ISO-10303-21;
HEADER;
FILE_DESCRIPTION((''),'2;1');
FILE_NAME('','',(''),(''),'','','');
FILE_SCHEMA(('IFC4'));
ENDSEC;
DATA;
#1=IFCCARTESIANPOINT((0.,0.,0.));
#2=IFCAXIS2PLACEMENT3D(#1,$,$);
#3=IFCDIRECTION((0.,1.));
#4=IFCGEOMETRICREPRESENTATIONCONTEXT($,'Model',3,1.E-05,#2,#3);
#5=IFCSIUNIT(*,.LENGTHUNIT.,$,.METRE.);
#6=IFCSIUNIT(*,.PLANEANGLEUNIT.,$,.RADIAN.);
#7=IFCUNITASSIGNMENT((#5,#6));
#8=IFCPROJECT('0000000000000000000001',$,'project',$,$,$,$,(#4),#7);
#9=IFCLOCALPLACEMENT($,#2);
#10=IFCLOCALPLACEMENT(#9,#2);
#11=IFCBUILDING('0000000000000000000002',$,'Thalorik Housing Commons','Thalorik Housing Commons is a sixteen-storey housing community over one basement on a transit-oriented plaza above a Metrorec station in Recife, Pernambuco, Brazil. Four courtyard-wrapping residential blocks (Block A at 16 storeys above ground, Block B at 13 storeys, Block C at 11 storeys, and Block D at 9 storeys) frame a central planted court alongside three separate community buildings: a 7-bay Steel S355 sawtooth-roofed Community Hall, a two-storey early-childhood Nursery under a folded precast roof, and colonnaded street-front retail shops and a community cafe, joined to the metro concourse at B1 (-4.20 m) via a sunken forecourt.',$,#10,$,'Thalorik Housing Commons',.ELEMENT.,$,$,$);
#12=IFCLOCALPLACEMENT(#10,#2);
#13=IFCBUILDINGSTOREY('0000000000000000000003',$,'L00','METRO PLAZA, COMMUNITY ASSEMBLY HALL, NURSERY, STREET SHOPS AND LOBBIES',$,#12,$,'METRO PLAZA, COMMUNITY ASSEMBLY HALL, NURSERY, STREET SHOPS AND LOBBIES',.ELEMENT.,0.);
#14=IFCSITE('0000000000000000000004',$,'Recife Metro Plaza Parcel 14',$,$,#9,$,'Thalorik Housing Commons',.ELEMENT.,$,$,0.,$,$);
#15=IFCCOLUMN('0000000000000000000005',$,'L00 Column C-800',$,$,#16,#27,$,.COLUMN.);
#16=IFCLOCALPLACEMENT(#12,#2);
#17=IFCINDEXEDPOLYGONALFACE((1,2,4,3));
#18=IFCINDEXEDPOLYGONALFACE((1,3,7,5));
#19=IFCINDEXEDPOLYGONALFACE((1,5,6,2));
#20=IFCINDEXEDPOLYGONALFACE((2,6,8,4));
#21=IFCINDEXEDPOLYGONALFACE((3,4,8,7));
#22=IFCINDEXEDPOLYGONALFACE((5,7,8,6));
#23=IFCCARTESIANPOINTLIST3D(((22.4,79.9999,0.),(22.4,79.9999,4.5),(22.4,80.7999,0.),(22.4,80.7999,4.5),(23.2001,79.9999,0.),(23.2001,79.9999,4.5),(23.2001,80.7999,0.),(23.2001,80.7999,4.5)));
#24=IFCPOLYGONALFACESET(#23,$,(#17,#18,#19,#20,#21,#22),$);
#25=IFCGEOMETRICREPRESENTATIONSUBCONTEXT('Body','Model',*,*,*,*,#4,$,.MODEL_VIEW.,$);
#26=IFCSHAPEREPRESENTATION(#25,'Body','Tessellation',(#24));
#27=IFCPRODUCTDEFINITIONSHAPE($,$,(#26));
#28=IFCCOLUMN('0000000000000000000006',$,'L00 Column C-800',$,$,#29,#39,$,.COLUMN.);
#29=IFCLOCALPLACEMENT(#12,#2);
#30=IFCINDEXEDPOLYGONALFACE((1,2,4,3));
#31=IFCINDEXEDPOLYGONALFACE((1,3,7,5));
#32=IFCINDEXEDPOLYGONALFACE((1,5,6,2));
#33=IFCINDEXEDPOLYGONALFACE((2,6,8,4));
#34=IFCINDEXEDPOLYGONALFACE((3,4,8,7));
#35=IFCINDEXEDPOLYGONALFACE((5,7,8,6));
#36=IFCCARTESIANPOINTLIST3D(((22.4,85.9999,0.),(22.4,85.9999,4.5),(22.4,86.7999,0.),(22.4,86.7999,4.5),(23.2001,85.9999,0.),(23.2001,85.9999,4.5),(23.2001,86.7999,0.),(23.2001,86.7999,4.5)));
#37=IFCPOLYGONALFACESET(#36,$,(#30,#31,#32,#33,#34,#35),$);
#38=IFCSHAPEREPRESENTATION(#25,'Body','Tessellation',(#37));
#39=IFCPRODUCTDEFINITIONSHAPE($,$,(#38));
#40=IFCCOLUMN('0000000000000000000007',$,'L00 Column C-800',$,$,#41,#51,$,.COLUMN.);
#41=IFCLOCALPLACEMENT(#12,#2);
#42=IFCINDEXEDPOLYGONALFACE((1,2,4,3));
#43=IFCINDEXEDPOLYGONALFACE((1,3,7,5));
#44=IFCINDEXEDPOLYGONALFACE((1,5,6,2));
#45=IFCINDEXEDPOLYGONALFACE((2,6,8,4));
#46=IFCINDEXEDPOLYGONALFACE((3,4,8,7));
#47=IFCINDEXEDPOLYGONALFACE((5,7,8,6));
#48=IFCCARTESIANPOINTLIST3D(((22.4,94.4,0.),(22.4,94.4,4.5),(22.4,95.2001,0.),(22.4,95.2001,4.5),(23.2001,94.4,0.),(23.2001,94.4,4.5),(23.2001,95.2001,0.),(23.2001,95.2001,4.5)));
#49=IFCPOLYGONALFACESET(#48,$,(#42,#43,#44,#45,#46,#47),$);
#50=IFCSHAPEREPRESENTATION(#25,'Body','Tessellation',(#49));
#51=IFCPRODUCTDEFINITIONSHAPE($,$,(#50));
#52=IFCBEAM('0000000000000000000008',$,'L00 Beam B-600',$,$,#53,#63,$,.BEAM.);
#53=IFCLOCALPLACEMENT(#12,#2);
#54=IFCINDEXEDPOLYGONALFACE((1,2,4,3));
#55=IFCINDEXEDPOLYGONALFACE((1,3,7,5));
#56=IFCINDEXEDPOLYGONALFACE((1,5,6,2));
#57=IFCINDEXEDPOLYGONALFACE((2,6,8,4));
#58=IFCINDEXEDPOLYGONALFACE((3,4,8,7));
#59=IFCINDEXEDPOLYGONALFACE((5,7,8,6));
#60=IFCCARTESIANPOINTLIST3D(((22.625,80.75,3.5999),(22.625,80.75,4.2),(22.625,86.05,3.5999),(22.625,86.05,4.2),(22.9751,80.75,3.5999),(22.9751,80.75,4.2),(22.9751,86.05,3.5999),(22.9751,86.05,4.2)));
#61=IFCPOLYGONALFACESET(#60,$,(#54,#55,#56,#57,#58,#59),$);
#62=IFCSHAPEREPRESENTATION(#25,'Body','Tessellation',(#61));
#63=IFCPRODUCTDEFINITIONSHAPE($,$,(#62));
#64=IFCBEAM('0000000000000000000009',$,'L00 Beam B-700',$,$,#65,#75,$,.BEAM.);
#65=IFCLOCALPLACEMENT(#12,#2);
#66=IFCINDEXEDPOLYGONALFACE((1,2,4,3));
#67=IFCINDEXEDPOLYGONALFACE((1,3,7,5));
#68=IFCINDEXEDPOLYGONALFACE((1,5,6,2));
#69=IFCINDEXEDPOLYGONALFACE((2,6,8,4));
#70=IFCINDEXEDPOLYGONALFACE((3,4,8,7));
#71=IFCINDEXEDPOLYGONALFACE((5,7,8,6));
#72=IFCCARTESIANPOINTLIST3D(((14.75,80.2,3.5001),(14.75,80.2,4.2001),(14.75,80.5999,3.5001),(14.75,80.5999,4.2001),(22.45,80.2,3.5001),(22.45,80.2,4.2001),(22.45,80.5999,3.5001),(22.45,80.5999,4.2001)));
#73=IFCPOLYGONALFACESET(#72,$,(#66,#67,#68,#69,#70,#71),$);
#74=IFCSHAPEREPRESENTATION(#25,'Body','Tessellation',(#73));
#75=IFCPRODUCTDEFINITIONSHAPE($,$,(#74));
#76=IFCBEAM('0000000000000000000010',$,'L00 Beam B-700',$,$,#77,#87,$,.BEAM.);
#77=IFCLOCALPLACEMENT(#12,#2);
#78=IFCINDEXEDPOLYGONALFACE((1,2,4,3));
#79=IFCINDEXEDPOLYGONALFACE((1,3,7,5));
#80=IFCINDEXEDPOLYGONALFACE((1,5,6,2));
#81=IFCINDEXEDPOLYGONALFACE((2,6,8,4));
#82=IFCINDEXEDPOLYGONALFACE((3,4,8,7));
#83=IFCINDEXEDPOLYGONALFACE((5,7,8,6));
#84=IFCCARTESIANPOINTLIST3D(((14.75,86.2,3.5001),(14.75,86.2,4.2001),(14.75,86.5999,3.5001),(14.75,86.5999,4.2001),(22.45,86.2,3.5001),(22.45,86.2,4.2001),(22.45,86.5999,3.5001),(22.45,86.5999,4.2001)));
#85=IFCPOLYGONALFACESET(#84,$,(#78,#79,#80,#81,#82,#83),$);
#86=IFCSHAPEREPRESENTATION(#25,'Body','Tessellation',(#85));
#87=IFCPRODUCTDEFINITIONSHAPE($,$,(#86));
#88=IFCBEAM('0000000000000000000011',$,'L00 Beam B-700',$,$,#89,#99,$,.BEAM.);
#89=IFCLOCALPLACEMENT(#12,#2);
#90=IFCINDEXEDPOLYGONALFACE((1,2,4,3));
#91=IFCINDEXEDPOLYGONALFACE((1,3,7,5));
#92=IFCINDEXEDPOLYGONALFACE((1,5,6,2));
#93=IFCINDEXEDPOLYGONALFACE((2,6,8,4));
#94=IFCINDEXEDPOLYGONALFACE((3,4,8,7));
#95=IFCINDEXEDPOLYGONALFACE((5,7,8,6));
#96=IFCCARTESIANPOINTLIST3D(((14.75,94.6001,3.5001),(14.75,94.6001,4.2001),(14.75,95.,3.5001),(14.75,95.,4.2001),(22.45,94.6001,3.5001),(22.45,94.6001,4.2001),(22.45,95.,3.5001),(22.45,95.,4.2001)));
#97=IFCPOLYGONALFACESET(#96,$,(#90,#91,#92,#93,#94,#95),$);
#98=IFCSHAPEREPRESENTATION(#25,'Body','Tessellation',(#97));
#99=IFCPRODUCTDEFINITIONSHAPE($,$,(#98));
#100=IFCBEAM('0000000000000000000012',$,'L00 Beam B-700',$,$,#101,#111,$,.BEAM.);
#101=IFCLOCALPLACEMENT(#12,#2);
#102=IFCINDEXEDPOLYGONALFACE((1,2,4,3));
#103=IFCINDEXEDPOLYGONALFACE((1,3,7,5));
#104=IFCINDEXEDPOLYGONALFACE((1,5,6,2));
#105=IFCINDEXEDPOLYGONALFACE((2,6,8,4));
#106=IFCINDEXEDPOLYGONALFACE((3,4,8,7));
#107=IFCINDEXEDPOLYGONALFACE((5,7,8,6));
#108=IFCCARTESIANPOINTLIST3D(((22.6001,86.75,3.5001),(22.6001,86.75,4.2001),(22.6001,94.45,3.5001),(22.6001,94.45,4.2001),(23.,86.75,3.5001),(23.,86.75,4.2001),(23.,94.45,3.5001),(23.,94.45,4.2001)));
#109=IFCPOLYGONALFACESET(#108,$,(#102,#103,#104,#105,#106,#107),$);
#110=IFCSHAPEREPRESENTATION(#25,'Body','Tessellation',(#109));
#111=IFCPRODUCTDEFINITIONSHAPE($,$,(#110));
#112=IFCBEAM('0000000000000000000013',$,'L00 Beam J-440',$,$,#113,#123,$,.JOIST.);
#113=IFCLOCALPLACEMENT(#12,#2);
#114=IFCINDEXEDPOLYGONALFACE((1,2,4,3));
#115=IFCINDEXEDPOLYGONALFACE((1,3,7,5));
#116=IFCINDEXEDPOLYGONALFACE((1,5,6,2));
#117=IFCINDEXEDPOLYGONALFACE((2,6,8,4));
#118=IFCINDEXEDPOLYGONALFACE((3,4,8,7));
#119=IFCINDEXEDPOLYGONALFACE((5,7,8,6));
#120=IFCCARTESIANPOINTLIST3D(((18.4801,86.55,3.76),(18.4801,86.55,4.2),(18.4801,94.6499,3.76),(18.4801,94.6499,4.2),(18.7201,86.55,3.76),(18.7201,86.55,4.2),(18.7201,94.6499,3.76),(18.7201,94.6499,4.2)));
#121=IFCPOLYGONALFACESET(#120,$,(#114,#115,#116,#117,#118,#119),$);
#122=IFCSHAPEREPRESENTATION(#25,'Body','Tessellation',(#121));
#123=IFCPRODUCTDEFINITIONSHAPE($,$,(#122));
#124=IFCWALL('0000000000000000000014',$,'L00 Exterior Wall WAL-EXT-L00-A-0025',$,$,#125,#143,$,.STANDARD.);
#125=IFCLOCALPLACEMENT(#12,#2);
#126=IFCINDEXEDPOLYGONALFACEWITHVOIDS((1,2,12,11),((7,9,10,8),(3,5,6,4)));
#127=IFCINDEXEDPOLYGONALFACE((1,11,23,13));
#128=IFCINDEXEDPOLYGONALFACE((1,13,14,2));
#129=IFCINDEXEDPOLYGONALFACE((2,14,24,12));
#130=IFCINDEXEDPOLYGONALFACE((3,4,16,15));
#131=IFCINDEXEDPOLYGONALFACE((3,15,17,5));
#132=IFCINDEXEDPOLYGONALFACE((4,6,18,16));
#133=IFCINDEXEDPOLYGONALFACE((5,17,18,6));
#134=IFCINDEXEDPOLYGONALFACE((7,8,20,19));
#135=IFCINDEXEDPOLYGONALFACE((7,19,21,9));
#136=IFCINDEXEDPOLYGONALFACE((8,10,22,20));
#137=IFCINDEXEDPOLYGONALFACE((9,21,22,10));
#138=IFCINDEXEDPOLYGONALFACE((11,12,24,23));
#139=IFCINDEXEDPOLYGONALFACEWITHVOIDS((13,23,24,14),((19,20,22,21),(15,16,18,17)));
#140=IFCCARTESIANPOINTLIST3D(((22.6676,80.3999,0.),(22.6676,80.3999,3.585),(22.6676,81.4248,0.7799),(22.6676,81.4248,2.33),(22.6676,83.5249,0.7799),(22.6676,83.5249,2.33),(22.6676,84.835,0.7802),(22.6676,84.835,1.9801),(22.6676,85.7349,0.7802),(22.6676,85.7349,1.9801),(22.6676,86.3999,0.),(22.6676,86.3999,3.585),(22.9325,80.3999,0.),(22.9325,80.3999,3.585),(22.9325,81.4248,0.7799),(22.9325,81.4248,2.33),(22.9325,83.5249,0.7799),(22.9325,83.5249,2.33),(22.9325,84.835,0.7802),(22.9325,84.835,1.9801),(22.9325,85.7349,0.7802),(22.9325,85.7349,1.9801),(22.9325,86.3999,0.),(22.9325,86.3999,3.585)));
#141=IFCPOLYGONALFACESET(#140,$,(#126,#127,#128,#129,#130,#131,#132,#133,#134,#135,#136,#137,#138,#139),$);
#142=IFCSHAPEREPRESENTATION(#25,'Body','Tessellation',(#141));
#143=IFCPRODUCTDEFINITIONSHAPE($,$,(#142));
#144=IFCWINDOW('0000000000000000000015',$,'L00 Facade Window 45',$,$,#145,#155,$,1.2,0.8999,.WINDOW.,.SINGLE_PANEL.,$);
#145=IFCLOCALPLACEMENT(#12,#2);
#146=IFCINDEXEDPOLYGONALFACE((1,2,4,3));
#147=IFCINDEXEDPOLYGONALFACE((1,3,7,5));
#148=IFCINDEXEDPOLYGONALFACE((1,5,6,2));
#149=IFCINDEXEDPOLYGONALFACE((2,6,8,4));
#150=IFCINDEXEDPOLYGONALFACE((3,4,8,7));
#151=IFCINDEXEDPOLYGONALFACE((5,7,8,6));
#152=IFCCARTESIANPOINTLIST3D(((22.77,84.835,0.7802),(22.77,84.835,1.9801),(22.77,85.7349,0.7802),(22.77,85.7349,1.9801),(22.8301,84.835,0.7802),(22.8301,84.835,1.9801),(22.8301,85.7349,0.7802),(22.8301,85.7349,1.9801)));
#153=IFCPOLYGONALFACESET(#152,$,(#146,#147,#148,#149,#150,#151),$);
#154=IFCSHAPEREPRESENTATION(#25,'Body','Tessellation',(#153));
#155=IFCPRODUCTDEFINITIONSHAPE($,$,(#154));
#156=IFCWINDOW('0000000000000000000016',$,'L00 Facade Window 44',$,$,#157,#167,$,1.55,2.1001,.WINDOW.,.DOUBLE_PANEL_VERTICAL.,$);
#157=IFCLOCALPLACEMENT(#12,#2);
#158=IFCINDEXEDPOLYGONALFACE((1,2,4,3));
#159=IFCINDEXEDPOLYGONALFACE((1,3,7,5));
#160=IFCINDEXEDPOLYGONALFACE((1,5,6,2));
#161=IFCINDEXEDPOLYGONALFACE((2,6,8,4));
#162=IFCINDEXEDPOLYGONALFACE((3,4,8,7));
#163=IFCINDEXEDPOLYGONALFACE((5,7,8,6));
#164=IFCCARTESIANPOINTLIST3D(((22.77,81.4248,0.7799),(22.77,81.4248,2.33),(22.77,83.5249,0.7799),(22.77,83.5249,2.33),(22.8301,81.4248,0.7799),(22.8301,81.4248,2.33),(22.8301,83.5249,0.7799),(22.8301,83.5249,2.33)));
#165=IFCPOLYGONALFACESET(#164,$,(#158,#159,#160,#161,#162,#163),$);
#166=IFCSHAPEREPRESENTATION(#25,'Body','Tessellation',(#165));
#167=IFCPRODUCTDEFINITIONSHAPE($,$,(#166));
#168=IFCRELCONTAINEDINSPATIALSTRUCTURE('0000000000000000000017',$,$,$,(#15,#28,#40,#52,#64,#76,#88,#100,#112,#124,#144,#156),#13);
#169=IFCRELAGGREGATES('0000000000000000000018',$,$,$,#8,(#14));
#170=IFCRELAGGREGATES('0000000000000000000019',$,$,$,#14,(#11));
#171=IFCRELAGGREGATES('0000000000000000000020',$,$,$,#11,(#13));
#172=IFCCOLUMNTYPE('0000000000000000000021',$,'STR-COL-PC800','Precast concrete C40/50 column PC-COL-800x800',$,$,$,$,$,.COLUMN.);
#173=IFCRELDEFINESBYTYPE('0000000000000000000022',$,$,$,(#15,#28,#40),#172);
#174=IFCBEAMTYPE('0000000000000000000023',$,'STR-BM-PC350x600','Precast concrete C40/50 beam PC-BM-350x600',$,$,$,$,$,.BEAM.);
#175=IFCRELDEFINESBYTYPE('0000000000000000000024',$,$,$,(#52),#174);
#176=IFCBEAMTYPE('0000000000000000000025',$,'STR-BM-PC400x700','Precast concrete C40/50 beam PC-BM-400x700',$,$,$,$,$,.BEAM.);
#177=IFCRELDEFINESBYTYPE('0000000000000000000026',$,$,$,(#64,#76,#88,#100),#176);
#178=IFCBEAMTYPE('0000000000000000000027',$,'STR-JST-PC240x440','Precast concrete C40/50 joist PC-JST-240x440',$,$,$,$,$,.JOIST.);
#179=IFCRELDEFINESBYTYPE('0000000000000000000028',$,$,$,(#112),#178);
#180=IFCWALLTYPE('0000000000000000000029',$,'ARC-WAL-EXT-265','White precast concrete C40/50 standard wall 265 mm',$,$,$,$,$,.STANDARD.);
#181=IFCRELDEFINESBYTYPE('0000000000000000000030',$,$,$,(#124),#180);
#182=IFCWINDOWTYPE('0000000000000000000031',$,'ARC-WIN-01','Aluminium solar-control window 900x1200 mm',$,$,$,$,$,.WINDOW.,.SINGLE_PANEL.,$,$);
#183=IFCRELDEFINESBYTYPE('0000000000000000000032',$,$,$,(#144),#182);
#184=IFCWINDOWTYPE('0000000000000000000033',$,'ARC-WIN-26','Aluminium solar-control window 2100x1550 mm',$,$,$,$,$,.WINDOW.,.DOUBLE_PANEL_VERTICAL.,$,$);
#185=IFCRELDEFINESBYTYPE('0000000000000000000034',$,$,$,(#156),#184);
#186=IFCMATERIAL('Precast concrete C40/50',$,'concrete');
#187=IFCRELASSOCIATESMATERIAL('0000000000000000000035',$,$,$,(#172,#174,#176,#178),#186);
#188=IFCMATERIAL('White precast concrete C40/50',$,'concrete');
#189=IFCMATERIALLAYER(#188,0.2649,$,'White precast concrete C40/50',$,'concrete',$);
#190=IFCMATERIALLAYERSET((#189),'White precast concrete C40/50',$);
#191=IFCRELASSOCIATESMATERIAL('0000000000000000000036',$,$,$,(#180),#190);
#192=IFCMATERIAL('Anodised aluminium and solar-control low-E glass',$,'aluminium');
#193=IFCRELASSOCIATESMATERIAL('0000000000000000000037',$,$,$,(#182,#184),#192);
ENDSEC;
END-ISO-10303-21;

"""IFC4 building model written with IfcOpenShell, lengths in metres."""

from ifc_helpers import new_model, si_unit, direction, frame, frame_2d, origin, origin_2d, place, context, subcontext, project, spatial, rectangle, extrude, material, layer, layer_set, material_profile, profile_set, type_object, element, fill, save


model = new_model("IFC4")

# Units and contexts
model_context = context("Model", 3, precision=1e-05, world=origin(), true_north=direction((0.0, 1.0)))
body_context = subcontext(model_context, "Body", "Model", "MODEL_VIEW")
ifc_project = project(units=[si_unit("LENGTHUNIT", "METRE"), si_unit("PLANEANGLEUNIT", "RADIAN")], contexts=[model_context])

# Site, building, storey
site_placement = place(None, origin())
site = spatial("IfcSite", under=ifc_project, at=site_placement, Name="Recife Metro Plaza Parcel 14", LongName="Thalorik Housing Commons", CompositionType="ELEMENT", RefElevation=0.0)
building_placement = place(site_placement, origin())
building = spatial("IfcBuilding", under=site, at=building_placement, Name="Thalorik Housing Commons", Description="Thalorik Housing Commons is a sixteen-storey housing community over one basement on a transit-oriented plaza above a Metrorec station in Recife, Pernambuco, Brazil. Four courtyard-wrapping residential blocks (Block A at 16 storeys above ground, Block B at 13 storeys, Block C at 11 storeys, and Block D at 9 storeys) frame a central planted court alongside three separate community buildings: a 7-bay Steel S355 sawtooth-roofed Community Hall, a two-storey early-childhood Nursery under a folded precast roof, and colonnaded street-front retail shops and a community cafe, joined to the metro concourse at B1 (-4.20 m) via a sunken forecourt.", LongName="Thalorik Housing Commons", CompositionType="ELEMENT")
storey_placement = place(building_placement, origin())
storey = spatial("IfcBuildingStorey", under=building, at=storey_placement, Name="L00", Description="METRO PLAZA, COMMUNITY ASSEMBLY HALL, NURSERY, STREET SHOPS AND LOBBIES", LongName="METRO PLAZA, COMMUNITY ASSEMBLY HALL, NURSERY, STREET SHOPS AND LOBBIES", CompositionType="ELEMENT", Elevation=0.0)

# Columns
ifc_material_1 = material(Name="Precast concrete C40/50", Category="concrete")
ifc_material_profile_1 = material_profile(ifc_material_1, rectangle(XDim=0.8, YDim=0.8, at=origin_2d()), Name="PC 800x800", Category="concrete")
ifc_profile_set_1 = profile_set([ifc_material_profile_1], Name="Precast concrete C40/50")
column_type = type_object("IfcColumnType", Name="STR-COL-PC800", Description="Precast concrete C40/50 column PC-COL-800x800", PredefinedType="COLUMN", material=ifc_profile_set_1)
for number, where, z_axis, x_axis, name in (
    (1, (22.8, 80.3999, 0.0), (0.0, 0.0, 1.0), (1.0, 0.0, 0.0), "L00 Column C-800"),
    (2, (22.8, 86.3999, 0.0), (0.0, 0.0, 1.0), (1.0, 0.0, 0.0), "L00 Column C-800"),
    (3, (22.8, 94.8, 0.0), (0.0, 0.0, 1.0), (1.0, 0.0, 0.0), "L00 Column C-800"),
):
    element("IfcColumn", number, at=place(storey_placement, frame(where, z_axis=z_axis, x_axis=x_axis)), inside=storey, type_object=column_type, Name=name, PredefinedType="COLUMN", context=body_context, shape_type="SweptSolid", body=[
        extrude(rectangle(XDim=0.8, YDim=0.8, at=origin_2d()), origin(), (0.0, 0.0, 1.0), 4.5),
    ])

# Beams
ifc_material_profile_2 = material_profile(ifc_material_1, rectangle(XDim=0.3501, YDim=0.6001, at=origin_2d()), Name="PC 350x600", Category="concrete")
ifc_profile_set_2 = profile_set([ifc_material_profile_2], Name="Precast concrete C40/50")
beam_type_1 = type_object("IfcBeamType", Name="STR-BM-PC350x600", Description="Precast concrete C40/50 beam PC-BM-350x600", PredefinedType="BEAM", material=ifc_profile_set_2)
beam_1_placement = place(storey_placement, frame((22.8, 80.75, 3.8999), z_axis=(0.0, 1.0, 0.0), x_axis=(-1.0, 0.0, 0.0)))
element("IfcBeam", 4, at=beam_1_placement, inside=storey, type_object=beam_type_1, Name="L00 Beam B-600", PredefinedType="BEAM", context=body_context, shape_type="SweptSolid", body=[
    extrude(rectangle(XDim=0.3501, YDim=0.6001, at=origin_2d()), origin(), (0.0, 0.0, 1.0), 5.3),
])
ifc_material_profile_3 = material_profile(ifc_material_1, rectangle(XDim=0.3999, YDim=0.7, at=origin_2d()), Name="PC 400x700", Category="concrete")
ifc_profile_set_3 = profile_set([ifc_material_profile_3], Name="Precast concrete C40/50")
beam_type_2 = type_object("IfcBeamType", Name="STR-BM-PC400x700", Description="Precast concrete C40/50 beam PC-BM-400x700", PredefinedType="BEAM", material=ifc_profile_set_3)
for number, where, z_axis, x_axis, name in (
    (5, (14.75, 80.3999, 3.8501), (1.0, 0.0, 0.0), (0.0, 1.0, 0.0), "L00 Beam B-700"),
    (6, (14.75, 86.3999, 3.8501), (1.0, 0.0, 0.0), (0.0, 1.0, 0.0), "L00 Beam B-700"),
    (7, (14.75, 94.8, 3.8501), (1.0, 0.0, 0.0), (0.0, 1.0, 0.0), "L00 Beam B-700"),
    (8, (22.8, 86.75, 3.8501), (0.0, 1.0, 0.0), (-1.0, 0.0, 0.0), "L00 Beam B-700"),
):
    element("IfcBeam", number, at=place(storey_placement, frame(where, z_axis=z_axis, x_axis=x_axis)), inside=storey, type_object=beam_type_2, Name=name, PredefinedType="BEAM", context=body_context, shape_type="SweptSolid", body=[
        extrude(rectangle(XDim=0.3999, YDim=0.7, at=origin_2d()), origin(), (0.0, 0.0, 1.0), 7.7),
    ])
ifc_material_profile_4 = material_profile(ifc_material_1, rectangle(XDim=0.24, YDim=0.4399, at=origin_2d()), Name="PC JST 240x440", Category="concrete")
ifc_profile_set_4 = profile_set([ifc_material_profile_4], Name="Precast concrete C40/50")
beam_type_3 = type_object("IfcBeamType", Name="STR-JST-PC240x440", Description="Precast concrete C40/50 joist PC-JST-240x440", PredefinedType="JOIST", material=ifc_profile_set_4)
beam_2_placement = place(storey_placement, frame((18.6001, 86.55, 3.98), z_axis=(0.0, 1.0, 0.0), x_axis=(-1.0, 0.0, 0.0)))
element("IfcBeam", 9, at=beam_2_placement, inside=storey, type_object=beam_type_3, Name="L00 Beam J-440", PredefinedType="JOIST", context=body_context, shape_type="SweptSolid", body=[
    extrude(rectangle(XDim=0.24, YDim=0.4399, at=origin_2d()), origin(), (0.0, 0.0, 1.0), 8.0999),
])

# Wall, openings, windows
ifc_material_2 = material(Name="White precast concrete C40/50", Category="concrete")
ifc_layer_1 = layer(ifc_material_2, 0.2649, Name="White precast concrete C40/50", Category="concrete")
ifc_layer_set_1 = layer_set([ifc_layer_1], Name="White precast concrete C40/50")
wall_type_1 = type_object("IfcWallType", Name="ARC-WAL-EXT-265", Description="White precast concrete C40/50 standard wall 265 mm", PredefinedType="STANDARD", material=ifc_layer_set_1)
wall_1_placement = place(storey_placement, frame((22.8, 80.3999, 0.0), z_axis=(0.0, 0.0, 1.0), x_axis=(0.0, 1.0, 0.0)))
wall_1 = element("IfcWall", 10, at=wall_1_placement, inside=storey, type_object=wall_type_1, Name="L00 Exterior Wall WAL-EXT-L00-A-0025", PredefinedType="STANDARD", context=body_context, shape_type="SweptSolid", body=[
    extrude(rectangle(XDim=6.0, YDim=0.2649, at=frame_2d((3.0, 0.0))), origin(), (0.0, 0.0, 1.0), 3.585),
])
opening_1_placement = place(wall_1_placement, frame((1.0249, 0.0, 0.78)))
opening_1 = element("IfcOpeningElement", 11, at=opening_1_placement, cuts=wall_1, PredefinedType="OPENING", context=body_context, shape_type="SweptSolid", body=[
    extrude(rectangle(XDim=2.1001, YDim=1.55, at=frame_2d((1.05, 0.7749))), frame((0.0, 0.1426, 0.0), z_axis=(0.0, -1.0, 0.0), x_axis=(1.0, 0.0, 0.0)), (0.0, 0.0, 1.0), 0.2849),
])
opening_2_placement = place(wall_1_placement, frame((4.4351, 0.0, 0.78)))
opening_2 = element("IfcOpeningElement", 12, at=opening_2_placement, cuts=wall_1, PredefinedType="OPENING", context=body_context, shape_type="SweptSolid", body=[
    extrude(rectangle(XDim=0.8999, YDim=1.2, at=frame_2d((0.45, 0.6001))), frame((0.0, 0.1426, 0.0), z_axis=(0.0, -1.0, 0.0), x_axis=(1.0, 0.0, 0.0)), (0.0, 0.0, 1.0), 0.2849),
])
ifc_material_3 = material(Name="Anodised aluminium and solar-control low-E glass", Category="aluminium")
window_type_1 = type_object("IfcWindowType", Name="ARC-WIN-01", Description="Aluminium solar-control window 900x1200 mm", PartitioningType="SINGLE_PANEL", PredefinedType="WINDOW", material=ifc_material_3)
window_1_placement = place(opening_2_placement, origin())
window_1 = element("IfcWindow", 13, at=window_1_placement, inside=storey, type_object=window_type_1, Name="L00 Facade Window 45", OverallHeight=1.2, OverallWidth=0.8999, PartitioningType="SINGLE_PANEL", PredefinedType="WINDOW", context=body_context, shape_type="SweptSolid", body=[
    extrude(rectangle(XDim=0.8999, YDim=1.2, at=frame_2d((0.45, 0.6001))), frame((0.0, 0.03, 0.0), z_axis=(0.0, -1.0, 0.0), x_axis=(1.0, 0.0, 0.0)), (0.0, 0.0, 1.0), 0.0601),
])
fill(opening_2, window_1)
window_type_2 = type_object("IfcWindowType", Name="ARC-WIN-26", Description="Aluminium solar-control window 2100x1550 mm", PartitioningType="DOUBLE_PANEL_VERTICAL", PredefinedType="WINDOW", material=ifc_material_3)
window_2_placement = place(opening_1_placement, origin())
window_2 = element("IfcWindow", 14, at=window_2_placement, inside=storey, type_object=window_type_2, Name="L00 Facade Window 44", OverallHeight=1.55, OverallWidth=2.1001, PartitioningType="DOUBLE_PANEL_VERTICAL", PredefinedType="WINDOW", context=body_context, shape_type="SweptSolid", body=[
    extrude(rectangle(XDim=2.1001, YDim=1.55, at=frame_2d((1.05, 0.7749))), frame((0.0, 0.03, 0.0), z_axis=(0.0, -1.0, 0.0), x_axis=(1.0, 0.0, 0.0)), (0.0, 0.0, 1.0), 0.0601),
])
fill(opening_1, window_2)

save(model, "model.ifc")
